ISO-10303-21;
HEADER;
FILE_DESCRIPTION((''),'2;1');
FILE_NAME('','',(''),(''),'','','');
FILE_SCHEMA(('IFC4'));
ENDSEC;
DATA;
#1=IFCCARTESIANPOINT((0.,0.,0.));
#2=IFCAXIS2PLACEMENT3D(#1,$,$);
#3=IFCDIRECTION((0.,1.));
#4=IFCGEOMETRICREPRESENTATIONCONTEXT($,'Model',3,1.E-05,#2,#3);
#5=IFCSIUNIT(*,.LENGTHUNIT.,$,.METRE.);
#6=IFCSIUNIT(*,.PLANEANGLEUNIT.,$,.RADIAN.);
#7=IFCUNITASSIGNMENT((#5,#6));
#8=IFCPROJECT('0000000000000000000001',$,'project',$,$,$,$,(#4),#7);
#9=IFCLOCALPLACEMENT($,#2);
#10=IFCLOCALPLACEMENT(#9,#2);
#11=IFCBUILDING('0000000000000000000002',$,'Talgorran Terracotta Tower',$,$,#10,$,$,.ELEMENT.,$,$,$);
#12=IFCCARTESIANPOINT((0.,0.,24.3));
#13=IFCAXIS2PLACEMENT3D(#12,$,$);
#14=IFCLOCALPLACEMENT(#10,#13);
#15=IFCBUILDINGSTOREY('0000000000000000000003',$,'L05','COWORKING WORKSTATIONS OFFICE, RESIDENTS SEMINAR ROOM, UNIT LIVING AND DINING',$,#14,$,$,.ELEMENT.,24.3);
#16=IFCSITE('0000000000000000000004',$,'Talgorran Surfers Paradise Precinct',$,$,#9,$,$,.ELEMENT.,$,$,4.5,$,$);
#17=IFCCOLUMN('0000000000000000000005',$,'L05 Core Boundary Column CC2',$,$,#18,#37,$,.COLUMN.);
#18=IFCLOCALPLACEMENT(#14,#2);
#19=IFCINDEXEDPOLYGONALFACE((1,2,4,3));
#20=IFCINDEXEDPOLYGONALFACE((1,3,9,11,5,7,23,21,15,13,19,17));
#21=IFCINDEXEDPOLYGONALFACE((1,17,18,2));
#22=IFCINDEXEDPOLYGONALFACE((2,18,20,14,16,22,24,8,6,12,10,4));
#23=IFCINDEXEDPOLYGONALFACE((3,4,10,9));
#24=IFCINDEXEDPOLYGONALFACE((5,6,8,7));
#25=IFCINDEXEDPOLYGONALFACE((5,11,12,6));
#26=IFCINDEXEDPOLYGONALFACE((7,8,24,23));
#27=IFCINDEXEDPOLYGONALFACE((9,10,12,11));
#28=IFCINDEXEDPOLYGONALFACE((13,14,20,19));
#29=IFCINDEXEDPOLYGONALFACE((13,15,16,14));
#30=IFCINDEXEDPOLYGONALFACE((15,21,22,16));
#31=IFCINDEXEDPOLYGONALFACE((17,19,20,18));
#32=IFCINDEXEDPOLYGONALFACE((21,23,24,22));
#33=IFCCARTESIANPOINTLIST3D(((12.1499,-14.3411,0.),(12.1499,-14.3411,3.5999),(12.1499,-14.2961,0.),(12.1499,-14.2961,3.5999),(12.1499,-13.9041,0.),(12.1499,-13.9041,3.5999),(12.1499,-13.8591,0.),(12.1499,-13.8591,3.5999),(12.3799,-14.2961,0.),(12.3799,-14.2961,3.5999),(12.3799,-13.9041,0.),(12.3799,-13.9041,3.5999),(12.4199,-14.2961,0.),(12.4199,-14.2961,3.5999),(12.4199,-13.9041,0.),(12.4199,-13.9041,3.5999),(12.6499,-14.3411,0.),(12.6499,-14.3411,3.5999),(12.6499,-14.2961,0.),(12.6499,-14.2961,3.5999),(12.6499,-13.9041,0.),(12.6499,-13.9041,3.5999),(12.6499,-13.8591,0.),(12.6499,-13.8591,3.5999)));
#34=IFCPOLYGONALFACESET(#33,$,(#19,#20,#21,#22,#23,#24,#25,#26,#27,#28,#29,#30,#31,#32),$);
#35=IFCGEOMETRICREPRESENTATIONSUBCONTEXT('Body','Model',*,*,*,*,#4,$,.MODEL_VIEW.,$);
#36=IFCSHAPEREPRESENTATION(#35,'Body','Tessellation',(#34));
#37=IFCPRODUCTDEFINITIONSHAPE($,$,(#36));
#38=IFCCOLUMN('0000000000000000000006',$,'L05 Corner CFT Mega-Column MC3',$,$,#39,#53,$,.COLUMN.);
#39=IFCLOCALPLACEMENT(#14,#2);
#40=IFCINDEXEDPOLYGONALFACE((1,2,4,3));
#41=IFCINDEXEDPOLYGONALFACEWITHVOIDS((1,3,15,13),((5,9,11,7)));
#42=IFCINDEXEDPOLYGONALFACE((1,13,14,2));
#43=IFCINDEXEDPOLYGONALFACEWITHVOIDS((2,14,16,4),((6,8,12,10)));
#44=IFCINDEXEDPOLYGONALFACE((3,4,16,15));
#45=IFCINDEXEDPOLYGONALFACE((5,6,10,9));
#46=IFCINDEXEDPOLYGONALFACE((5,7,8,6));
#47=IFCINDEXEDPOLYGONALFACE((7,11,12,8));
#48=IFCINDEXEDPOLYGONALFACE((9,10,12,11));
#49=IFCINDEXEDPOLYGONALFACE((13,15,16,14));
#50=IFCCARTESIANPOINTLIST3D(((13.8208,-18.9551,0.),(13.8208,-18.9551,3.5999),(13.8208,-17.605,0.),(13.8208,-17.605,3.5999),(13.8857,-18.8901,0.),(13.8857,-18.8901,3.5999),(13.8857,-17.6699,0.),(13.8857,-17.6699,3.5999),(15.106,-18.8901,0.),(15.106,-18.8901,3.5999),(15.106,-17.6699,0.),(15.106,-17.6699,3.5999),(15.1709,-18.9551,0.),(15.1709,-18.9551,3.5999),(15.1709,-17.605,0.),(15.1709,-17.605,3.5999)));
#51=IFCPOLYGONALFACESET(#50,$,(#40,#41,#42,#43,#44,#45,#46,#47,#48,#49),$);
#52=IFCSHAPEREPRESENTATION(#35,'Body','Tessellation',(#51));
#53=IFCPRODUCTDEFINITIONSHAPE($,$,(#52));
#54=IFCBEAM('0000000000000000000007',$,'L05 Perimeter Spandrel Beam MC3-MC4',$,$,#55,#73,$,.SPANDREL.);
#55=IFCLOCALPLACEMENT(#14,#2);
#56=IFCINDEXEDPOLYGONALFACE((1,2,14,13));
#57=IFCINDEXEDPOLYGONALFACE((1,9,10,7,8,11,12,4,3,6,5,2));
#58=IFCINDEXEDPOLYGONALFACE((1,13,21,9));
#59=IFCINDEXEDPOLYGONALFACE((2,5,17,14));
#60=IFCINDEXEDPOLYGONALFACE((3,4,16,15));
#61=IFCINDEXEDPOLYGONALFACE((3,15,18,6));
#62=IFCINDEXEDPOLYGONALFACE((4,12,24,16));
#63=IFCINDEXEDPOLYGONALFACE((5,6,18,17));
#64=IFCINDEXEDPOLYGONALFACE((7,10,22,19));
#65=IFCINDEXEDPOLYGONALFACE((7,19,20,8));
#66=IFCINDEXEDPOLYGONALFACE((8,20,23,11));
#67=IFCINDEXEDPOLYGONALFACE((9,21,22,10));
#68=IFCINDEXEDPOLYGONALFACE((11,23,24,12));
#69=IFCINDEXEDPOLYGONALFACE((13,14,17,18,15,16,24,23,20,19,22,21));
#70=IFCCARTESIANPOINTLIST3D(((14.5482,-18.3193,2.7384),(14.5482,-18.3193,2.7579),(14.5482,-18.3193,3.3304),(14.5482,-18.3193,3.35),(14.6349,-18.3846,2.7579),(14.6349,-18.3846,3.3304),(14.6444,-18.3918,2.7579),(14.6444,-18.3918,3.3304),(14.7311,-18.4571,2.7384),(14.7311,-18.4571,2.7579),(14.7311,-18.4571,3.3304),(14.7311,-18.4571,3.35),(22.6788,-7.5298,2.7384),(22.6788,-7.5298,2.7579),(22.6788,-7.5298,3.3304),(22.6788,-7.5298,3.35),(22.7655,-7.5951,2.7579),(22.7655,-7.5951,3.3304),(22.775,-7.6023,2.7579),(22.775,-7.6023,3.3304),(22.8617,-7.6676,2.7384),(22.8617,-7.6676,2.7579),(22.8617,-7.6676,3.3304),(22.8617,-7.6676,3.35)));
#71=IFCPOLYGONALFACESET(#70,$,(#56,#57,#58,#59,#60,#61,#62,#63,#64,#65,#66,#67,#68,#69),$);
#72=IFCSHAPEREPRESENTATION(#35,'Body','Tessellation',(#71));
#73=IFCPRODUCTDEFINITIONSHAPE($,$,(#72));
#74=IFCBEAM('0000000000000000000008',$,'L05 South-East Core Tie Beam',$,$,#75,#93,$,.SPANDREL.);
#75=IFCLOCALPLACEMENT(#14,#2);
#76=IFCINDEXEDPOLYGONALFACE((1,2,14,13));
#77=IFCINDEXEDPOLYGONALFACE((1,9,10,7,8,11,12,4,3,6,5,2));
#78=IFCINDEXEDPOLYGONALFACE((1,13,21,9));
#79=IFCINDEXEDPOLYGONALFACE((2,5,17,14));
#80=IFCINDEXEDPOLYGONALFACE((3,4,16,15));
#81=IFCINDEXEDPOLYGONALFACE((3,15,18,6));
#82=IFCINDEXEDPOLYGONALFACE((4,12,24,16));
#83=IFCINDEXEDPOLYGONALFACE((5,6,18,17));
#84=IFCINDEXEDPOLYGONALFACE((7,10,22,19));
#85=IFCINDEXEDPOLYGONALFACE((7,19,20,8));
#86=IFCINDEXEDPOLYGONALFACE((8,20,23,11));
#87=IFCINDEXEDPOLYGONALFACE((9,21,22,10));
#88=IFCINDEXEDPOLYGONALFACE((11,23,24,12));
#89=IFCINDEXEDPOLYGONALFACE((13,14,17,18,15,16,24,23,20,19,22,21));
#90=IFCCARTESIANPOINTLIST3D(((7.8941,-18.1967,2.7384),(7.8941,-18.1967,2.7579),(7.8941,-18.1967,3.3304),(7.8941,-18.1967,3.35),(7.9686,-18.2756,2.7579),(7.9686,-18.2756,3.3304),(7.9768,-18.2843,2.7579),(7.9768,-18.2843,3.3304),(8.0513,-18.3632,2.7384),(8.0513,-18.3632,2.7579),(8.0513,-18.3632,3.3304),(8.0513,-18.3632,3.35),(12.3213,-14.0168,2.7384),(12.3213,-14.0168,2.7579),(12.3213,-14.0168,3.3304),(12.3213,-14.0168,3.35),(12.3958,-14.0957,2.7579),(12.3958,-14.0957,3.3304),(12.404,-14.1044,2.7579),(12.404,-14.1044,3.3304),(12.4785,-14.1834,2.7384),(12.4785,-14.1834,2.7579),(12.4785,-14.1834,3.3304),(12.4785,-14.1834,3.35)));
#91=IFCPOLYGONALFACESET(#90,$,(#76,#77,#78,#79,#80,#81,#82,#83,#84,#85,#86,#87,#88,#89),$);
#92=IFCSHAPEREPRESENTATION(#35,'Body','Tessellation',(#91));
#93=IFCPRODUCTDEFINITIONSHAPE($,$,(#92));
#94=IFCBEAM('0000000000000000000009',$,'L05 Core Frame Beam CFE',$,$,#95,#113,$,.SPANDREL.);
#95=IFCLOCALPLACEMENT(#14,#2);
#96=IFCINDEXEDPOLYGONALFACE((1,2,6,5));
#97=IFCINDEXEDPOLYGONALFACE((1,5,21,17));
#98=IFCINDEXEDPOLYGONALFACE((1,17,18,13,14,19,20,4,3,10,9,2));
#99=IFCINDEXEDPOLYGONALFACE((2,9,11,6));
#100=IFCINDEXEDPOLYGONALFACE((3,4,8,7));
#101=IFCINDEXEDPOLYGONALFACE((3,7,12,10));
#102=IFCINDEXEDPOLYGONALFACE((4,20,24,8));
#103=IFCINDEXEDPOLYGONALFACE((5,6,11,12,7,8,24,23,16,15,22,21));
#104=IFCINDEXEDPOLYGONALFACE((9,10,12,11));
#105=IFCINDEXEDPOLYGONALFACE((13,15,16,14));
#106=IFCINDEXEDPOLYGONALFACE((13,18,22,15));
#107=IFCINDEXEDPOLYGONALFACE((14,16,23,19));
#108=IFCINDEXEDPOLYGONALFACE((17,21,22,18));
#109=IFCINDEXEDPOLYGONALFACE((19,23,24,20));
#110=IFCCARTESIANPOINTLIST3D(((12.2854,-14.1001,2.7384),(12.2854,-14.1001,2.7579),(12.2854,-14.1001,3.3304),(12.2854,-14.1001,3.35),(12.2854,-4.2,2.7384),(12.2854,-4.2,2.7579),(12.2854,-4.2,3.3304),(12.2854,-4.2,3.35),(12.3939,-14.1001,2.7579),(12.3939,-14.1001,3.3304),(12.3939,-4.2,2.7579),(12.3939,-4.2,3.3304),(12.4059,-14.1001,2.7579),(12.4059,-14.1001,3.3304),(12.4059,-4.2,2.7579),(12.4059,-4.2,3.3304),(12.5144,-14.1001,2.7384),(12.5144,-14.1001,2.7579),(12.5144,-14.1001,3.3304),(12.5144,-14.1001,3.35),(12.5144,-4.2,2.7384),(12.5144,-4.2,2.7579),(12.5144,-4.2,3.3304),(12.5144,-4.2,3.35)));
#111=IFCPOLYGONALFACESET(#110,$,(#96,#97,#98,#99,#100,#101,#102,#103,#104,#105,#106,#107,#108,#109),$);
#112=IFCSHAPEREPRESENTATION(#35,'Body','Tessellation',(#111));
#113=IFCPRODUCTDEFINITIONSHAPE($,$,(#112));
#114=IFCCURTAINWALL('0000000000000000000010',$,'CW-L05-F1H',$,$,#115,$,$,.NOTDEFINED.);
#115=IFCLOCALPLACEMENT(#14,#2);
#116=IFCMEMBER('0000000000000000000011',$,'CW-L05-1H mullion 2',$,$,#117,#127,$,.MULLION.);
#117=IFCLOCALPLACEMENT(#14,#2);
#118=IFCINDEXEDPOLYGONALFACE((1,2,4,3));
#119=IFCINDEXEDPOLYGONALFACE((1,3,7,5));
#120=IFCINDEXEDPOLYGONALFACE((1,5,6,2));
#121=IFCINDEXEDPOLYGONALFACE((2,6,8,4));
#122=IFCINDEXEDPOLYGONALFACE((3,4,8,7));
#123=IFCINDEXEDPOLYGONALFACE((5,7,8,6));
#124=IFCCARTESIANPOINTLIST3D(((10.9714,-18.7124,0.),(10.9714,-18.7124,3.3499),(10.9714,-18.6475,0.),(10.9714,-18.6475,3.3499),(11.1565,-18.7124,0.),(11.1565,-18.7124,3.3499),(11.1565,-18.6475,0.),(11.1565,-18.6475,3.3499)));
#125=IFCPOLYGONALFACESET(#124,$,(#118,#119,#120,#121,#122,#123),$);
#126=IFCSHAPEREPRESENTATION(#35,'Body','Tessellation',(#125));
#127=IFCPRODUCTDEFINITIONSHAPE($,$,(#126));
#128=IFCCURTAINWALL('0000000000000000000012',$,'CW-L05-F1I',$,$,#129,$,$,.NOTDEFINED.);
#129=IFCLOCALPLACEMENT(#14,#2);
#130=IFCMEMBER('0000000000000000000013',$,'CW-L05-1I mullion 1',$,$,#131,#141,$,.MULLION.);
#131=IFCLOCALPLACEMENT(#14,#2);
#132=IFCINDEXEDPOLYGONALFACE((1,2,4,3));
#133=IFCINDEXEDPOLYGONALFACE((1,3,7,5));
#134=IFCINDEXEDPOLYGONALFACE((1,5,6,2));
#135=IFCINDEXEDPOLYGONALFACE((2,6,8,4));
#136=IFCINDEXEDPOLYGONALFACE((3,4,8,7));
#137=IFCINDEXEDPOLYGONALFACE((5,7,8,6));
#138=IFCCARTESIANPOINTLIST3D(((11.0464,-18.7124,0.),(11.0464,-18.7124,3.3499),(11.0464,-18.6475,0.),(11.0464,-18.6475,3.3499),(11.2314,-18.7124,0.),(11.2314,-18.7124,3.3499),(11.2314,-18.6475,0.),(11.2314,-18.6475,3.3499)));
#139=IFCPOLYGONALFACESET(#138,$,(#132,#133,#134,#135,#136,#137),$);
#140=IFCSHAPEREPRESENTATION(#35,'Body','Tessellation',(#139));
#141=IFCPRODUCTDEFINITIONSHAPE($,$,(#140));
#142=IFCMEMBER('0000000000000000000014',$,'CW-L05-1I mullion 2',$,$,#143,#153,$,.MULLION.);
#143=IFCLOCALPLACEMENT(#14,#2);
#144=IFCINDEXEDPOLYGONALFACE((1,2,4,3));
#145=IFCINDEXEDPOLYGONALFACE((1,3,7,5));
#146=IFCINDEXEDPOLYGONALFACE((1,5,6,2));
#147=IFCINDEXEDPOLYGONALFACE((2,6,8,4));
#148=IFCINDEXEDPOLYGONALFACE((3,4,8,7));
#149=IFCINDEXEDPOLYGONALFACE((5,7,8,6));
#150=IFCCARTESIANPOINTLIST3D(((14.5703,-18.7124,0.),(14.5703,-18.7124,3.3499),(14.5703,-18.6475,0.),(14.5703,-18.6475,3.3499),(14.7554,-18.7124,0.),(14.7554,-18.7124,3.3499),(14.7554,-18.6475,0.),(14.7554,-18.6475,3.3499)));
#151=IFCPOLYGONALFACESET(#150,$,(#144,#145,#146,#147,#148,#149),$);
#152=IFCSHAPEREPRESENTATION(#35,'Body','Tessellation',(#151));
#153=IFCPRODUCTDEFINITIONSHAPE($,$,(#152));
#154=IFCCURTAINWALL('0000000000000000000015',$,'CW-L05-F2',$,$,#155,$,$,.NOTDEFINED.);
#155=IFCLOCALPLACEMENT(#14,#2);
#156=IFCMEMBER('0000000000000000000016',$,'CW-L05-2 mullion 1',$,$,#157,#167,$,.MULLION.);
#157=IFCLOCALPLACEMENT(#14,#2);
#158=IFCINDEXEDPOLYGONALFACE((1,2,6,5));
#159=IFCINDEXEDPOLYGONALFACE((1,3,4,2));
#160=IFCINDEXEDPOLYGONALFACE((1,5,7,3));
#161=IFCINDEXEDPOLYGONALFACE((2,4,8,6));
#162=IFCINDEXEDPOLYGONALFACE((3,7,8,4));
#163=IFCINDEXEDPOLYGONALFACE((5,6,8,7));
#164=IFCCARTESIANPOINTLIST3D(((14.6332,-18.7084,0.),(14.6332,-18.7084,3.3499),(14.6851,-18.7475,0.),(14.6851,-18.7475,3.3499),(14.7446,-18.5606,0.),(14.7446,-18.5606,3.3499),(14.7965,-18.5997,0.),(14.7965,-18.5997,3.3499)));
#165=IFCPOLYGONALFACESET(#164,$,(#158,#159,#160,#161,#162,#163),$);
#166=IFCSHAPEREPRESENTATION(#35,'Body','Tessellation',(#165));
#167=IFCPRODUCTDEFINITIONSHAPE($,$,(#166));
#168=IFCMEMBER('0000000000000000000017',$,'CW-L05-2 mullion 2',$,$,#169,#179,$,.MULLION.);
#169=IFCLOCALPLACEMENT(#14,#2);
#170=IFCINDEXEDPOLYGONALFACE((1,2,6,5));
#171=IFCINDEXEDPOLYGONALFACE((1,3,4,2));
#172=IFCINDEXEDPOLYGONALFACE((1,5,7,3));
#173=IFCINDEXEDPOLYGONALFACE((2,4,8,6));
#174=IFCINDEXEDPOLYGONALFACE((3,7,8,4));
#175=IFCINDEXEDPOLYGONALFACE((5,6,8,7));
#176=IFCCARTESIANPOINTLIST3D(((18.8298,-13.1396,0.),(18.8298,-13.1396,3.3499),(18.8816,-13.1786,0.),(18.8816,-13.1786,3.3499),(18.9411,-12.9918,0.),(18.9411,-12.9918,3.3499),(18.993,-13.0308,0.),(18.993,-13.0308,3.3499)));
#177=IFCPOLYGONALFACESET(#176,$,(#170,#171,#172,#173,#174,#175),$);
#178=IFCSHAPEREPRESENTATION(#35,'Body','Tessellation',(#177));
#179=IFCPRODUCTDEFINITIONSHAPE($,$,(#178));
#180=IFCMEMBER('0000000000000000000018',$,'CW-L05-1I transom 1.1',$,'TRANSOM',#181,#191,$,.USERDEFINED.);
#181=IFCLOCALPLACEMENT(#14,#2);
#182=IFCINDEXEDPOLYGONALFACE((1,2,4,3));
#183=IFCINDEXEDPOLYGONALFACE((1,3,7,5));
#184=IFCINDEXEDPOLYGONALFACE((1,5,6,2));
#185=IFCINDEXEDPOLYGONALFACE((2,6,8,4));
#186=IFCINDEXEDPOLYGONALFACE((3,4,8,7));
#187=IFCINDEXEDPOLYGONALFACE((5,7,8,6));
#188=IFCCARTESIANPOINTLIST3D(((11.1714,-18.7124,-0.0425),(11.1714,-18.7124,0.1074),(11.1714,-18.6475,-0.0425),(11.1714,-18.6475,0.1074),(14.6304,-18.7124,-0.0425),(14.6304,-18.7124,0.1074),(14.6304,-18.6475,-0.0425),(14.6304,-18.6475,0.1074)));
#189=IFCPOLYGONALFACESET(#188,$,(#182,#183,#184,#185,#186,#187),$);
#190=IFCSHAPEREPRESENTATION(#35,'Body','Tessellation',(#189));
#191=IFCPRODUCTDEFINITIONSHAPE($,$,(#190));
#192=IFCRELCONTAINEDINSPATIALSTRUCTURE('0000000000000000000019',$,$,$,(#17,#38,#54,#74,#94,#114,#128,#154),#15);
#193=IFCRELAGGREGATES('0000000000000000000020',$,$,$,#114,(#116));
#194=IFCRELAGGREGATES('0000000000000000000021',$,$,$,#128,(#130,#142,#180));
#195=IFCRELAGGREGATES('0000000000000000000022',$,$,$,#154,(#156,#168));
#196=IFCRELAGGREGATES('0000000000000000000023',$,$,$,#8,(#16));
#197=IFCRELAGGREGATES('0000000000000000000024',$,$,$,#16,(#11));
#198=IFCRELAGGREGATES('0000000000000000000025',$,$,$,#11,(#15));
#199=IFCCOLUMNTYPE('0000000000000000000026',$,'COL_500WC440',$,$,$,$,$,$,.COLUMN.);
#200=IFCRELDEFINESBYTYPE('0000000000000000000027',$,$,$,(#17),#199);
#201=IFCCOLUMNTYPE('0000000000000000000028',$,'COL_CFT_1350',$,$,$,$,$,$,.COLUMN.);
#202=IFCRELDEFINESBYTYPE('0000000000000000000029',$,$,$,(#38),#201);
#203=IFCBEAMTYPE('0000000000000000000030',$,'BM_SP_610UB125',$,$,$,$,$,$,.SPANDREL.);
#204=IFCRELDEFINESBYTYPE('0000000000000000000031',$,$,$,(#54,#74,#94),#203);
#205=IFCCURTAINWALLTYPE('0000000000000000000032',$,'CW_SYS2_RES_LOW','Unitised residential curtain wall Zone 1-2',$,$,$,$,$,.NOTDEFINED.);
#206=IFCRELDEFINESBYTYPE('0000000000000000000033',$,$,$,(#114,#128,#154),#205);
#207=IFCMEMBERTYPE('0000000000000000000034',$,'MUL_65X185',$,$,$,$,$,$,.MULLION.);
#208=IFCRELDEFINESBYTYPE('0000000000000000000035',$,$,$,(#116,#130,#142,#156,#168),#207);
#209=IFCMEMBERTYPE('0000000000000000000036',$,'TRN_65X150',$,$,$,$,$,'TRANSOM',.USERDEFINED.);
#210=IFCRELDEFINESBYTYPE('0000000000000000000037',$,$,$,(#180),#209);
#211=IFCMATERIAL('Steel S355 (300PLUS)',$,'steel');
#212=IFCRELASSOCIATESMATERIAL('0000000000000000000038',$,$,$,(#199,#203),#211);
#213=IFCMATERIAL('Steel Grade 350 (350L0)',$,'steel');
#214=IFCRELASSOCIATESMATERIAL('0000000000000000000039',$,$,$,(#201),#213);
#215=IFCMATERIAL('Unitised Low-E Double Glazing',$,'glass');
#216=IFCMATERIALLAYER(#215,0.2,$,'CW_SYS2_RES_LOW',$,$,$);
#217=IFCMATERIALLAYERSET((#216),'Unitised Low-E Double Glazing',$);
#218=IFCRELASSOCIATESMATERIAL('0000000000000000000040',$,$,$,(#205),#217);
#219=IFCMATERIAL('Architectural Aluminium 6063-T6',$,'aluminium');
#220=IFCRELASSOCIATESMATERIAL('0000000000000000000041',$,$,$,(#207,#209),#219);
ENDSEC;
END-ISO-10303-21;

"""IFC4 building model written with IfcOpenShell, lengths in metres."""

from ifc_helpers import new_model, si_unit, direction, frame, origin, origin_2d, place, context, subcontext, project, spatial, rectangle, hollow_rectangle, i_section, extrude, material, layer, layer_set, material_profile, profile_set, type_object, element, aggregate, save


model = new_model("IFC4")

# Units and contexts
model_context = context("Model", 3, precision=1e-05, world=origin(), true_north=direction((0.0, 1.0)))
body_context = subcontext(model_context, "Body", "Model", "MODEL_VIEW")
ifc_project = project(units=[si_unit("LENGTHUNIT", "METRE"), si_unit("PLANEANGLEUNIT", "RADIAN")], contexts=[model_context])

# Site, building, storey
site_placement = place(None, origin())
site = spatial("IfcSite", under=ifc_project, at=site_placement, Name="Talgorran Surfers Paradise Precinct", CompositionType="ELEMENT", RefElevation=4.5)
building_placement = place(site_placement, origin())
building = spatial("IfcBuilding", under=site, at=building_placement, Name="Talgorran Terracotta Tower", CompositionType="ELEMENT")
storey_placement = place(building_placement, frame((0.0, 0.0, 24.3)))
storey = spatial("IfcBuildingStorey", under=building, at=storey_placement, Name="L05", Description="COWORKING WORKSTATIONS OFFICE, RESIDENTS SEMINAR ROOM, UNIT LIVING AND DINING", CompositionType="ELEMENT", Elevation=24.3)

# Columns
ifc_material_1 = material(Name="Steel S355 (300PLUS)", Category="steel")
ifc_material_profile_1 = material_profile(ifc_material_1, i_section(OverallWidth=0.5, OverallDepth=0.4819, WebThickness=0.04, FlangeThickness=0.0449, at=origin_2d()), Name="500WC440")
ifc_profile_set_1 = profile_set([ifc_material_profile_1], Name="Steel S355 (300PLUS)")
column_type_1 = type_object("IfcColumnType", Name="COL_500WC440", PredefinedType="COLUMN", material=ifc_profile_set_1)
column_1_placement = place(storey_placement, frame((12.3999, -14.1001, 0.0), z_axis=(0.0, 0.0, 1.0), x_axis=(1.0, 0.0, 0.0)))
element("IfcColumn", 1, at=column_1_placement, inside=storey, type_object=column_type_1, Name="L05 Core Boundary Column CC2", PredefinedType="COLUMN", context=body_context, shape_type="SweptSolid", body=[
    extrude(i_section(OverallWidth=0.5, OverallDepth=0.4819, WebThickness=0.04, FlangeThickness=0.0449, at=origin_2d()), origin(), (0.0, 0.0, 1.0), 3.5999),
])
ifc_material_2 = material(Name="Steel Grade 350 (350L0)", Category="steel")
ifc_material_profile_2 = material_profile(ifc_material_2, hollow_rectangle(XDim=1.3501, YDim=1.3501, WallThickness=0.0649, at=origin_2d()), Name="CFT1350X1350X65")
ifc_profile_set_2 = profile_set([ifc_material_profile_2], Name="Steel Grade 350 (350L0)")
column_type_2 = type_object("IfcColumnType", Name="COL_CFT_1350", PredefinedType="COLUMN", material=ifc_profile_set_2)
column_2_placement = place(storey_placement, frame((14.4958, -18.28, 0.0), z_axis=(0.0, 0.0, 1.0), x_axis=(1.0, 0.0, 0.0)))
element("IfcColumn", 2, at=column_2_placement, inside=storey, type_object=column_type_2, Name="L05 Corner CFT Mega-Column MC3", PredefinedType="COLUMN", context=body_context, shape_type="SweptSolid", body=[
    extrude(hollow_rectangle(XDim=1.3501, YDim=1.3501, WallThickness=0.0649, at=origin_2d()), origin(), (0.0, 0.0, 1.0), 3.5999),
])

# Beams
ifc_material_profile_3 = material_profile(ifc_material_1, i_section(OverallWidth=0.229, OverallDepth=0.6116, WebThickness=0.012, FlangeThickness=0.0195, at=origin_2d()), Name="610UB125")
ifc_profile_set_3 = profile_set([ifc_material_profile_3], Name="Steel S355 (300PLUS)")
beam_type = type_object("IfcBeamType", Name="BM_SP_610UB125", PredefinedType="SPANDREL", material=ifc_profile_set_3)
beam_1_placement = place(storey_placement, frame((14.6396, -18.3882, 3.0442), z_axis=(0.60182, 0.798632, 0.0), x_axis=(-0.798632, 0.60182, 0.0)))
element("IfcBeam", 3, at=beam_1_placement, inside=storey, type_object=beam_type, Name="L05 Perimeter Spandrel Beam MC3-MC4", PredefinedType="SPANDREL", context=body_context, shape_type="SweptSolid", body=[
    extrude(i_section(OverallWidth=0.229, OverallDepth=0.6116, WebThickness=0.012, FlangeThickness=0.0195, at=origin_2d()), origin(), (0.0, 0.0, 1.0), 13.51),
])
beam_2_placement = place(storey_placement, frame((12.3999, -14.1001, 3.0442), z_axis=(-0.727124, -0.686506, 0.0), x_axis=(0.686506, -0.727124, 0.0)))
element("IfcBeam", 4, at=beam_2_placement, inside=storey, type_object=beam_type, Name="L05 South-East Core Tie Beam", PredefinedType="SPANDREL", context=body_context, shape_type="SweptSolid", body=[
    extrude(i_section(OverallWidth=0.229, OverallDepth=0.6116, WebThickness=0.012, FlangeThickness=0.0195, at=origin_2d()), origin(), (0.0, 0.0, 1.0), 6.0886),
])
beam_3_placement = place(storey_placement, frame((12.3999, -14.1001, 3.0442), z_axis=(0.0, 1.0, 0.0), x_axis=(-1.0, 0.0, 0.0)))
element("IfcBeam", 5, at=beam_3_placement, inside=storey, type_object=beam_type, Name="L05 Core Frame Beam CFE", PredefinedType="SPANDREL", context=body_context, shape_type="SweptSolid", body=[
    extrude(i_section(OverallWidth=0.229, OverallDepth=0.6116, WebThickness=0.012, FlangeThickness=0.0195, at=origin_2d()), origin(), (0.0, 0.0, 1.0), 9.9001),
])

# Curtain wall, member
ifc_material_3 = material(Name="Unitised Low-E Double Glazing", Category="glass")
ifc_layer_1 = layer(ifc_material_3, 0.2, Name="CW_SYS2_RES_LOW")
ifc_layer_set_1 = layer_set([ifc_layer_1], Name="Unitised Low-E Double Glazing")
curtain_wall_type = type_object("IfcCurtainWallType", Name="CW_SYS2_RES_LOW", Description="Unitised residential curtain wall Zone 1-2", PredefinedType="NOTDEFINED", material=ifc_layer_set_1)
curtain_wall_1_placement = place(storey_placement, origin())
curtain_wall_1 = element("IfcCurtainWall", 6, at=curtain_wall_1_placement, inside=storey, type_object=curtain_wall_type, Name="CW-L05-F1H", PredefinedType="NOTDEFINED")
ifc_material_4 = material(Name="Architectural Aluminium 6063-T6", Category="aluminium")
ifc_material_profile_4 = material_profile(ifc_material_4, rectangle(XDim=0.0649, YDim=0.1851, at=origin_2d()), Name="CWM65X185")
ifc_profile_set_4 = profile_set([ifc_material_profile_4], Name="Architectural Aluminium 6063-T6")
member_type_1 = type_object("IfcMemberType", Name="MUL_65X185", PredefinedType="MULLION", material=ifc_profile_set_4)
member_1_placement = place(storey_placement, frame((11.064, -18.6799, 0.0), z_axis=(0.0, 0.0, 1.0), x_axis=(0.0, 1.0, 0.0)))
member_1 = element("IfcMember", 7, at=member_1_placement, type_object=member_type_1, Name="CW-L05-1H mullion 2", PredefinedType="MULLION", context=body_context, shape_type="SweptSolid", body=[
    extrude(rectangle(XDim=0.0649, YDim=0.1851, at=origin_2d()), origin(), (0.0, 0.0, 1.0), 3.3499),
])
aggregate(curtain_wall_1, [member_1])

# Curtain walls, members
curtain_wall_2_placement = place(storey_placement, origin())
curtain_wall_2 = element("IfcCurtainWall", 8, at=curtain_wall_2_placement, inside=storey, type_object=curtain_wall_type, Name="CW-L05-F1I", PredefinedType="NOTDEFINED")
member_2_placement = place(storey_placement, frame((11.1389, -18.6799, 0.0), z_axis=(0.0, 0.0, 1.0), x_axis=(0.0, 1.0, 0.0)))
member_2 = element("IfcMember", 9, at=member_2_placement, type_object=member_type_1, Name="CW-L05-1I mullion 1", PredefinedType="MULLION", context=body_context, shape_type="SweptSolid", body=[
    extrude(rectangle(XDim=0.0649, YDim=0.1851, at=origin_2d()), origin(), (0.0, 0.0, 1.0), 3.3499),
])
member_3_placement = place(storey_placement, frame((14.6628, -18.6799, 0.0), z_axis=(0.0, 0.0, 1.0), x_axis=(0.0, 1.0, 0.0)))
member_3 = element("IfcMember", 10, at=member_3_placement, type_object=member_type_1, Name="CW-L05-1I mullion 2", PredefinedType="MULLION", context=body_context, shape_type="SweptSolid", body=[
    extrude(rectangle(XDim=0.0649, YDim=0.1851, at=origin_2d()), origin(), (0.0, 0.0, 1.0), 3.3499),
])
curtain_wall_3_placement = place(storey_placement, origin())
curtain_wall_3 = element("IfcCurtainWall", 11, at=curtain_wall_3_placement, inside=storey, type_object=curtain_wall_type, Name="CW-L05-F2", PredefinedType="NOTDEFINED")
member_4_placement = place(storey_placement, frame((14.7148, -18.6541, 0.0), z_axis=(0.0, 0.0, 1.0), x_axis=(-0.798638, 0.601812, 0.0)))
member_4 = element("IfcMember", 12, at=member_4_placement, type_object=member_type_1, Name="CW-L05-2 mullion 1", PredefinedType="MULLION", context=body_context, shape_type="SweptSolid", body=[
    extrude(rectangle(XDim=0.0649, YDim=0.1851, at=origin_2d()), origin(), (0.0, 0.0, 1.0), 3.3499),
])
member_5_placement = place(storey_placement, frame((18.9114, -13.0852, 0.0), z_axis=(0.0, 0.0, 1.0), x_axis=(-0.798638, 0.601812, 0.0)))
member_5 = element("IfcMember", 13, at=member_5_placement, type_object=member_type_1, Name="CW-L05-2 mullion 2", PredefinedType="MULLION", context=body_context, shape_type="SweptSolid", body=[
    extrude(rectangle(XDim=0.0649, YDim=0.1851, at=origin_2d()), origin(), (0.0, 0.0, 1.0), 3.3499),
])

# Member
ifc_material_profile_5 = material_profile(ifc_material_4, rectangle(XDim=0.0649, YDim=0.1499, at=origin_2d()), Name="CWT65X150")
ifc_profile_set_5 = profile_set([ifc_material_profile_5], Name="Architectural Aluminium 6063-T6")
member_type_2 = type_object("IfcMemberType", Name="TRN_65X150", ElementType="TRANSOM", PredefinedType="USERDEFINED", material=ifc_profile_set_5)
member_6_placement = place(storey_placement, frame((11.1714, -18.6799, 0.0325), z_axis=(1.0, 0.0, 0.0), x_axis=(0.0, 1.0, 0.0)))
member_6 = element("IfcMember", 14, at=member_6_placement, type_object=member_type_2, Name="CW-L05-1I transom 1.1", ObjectType="TRANSOM", PredefinedType="USERDEFINED", context=body_context, shape_type="SweptSolid", body=[
    extrude(rectangle(XDim=0.0649, YDim=0.1499, at=origin_2d()), origin(), (0.0, 0.0, 1.0), 3.459),
])

aggregate(curtain_wall_2, [member_2, member_3, member_6])
aggregate(curtain_wall_3, [member_4, member_5])

save(model, "model.ifc")
